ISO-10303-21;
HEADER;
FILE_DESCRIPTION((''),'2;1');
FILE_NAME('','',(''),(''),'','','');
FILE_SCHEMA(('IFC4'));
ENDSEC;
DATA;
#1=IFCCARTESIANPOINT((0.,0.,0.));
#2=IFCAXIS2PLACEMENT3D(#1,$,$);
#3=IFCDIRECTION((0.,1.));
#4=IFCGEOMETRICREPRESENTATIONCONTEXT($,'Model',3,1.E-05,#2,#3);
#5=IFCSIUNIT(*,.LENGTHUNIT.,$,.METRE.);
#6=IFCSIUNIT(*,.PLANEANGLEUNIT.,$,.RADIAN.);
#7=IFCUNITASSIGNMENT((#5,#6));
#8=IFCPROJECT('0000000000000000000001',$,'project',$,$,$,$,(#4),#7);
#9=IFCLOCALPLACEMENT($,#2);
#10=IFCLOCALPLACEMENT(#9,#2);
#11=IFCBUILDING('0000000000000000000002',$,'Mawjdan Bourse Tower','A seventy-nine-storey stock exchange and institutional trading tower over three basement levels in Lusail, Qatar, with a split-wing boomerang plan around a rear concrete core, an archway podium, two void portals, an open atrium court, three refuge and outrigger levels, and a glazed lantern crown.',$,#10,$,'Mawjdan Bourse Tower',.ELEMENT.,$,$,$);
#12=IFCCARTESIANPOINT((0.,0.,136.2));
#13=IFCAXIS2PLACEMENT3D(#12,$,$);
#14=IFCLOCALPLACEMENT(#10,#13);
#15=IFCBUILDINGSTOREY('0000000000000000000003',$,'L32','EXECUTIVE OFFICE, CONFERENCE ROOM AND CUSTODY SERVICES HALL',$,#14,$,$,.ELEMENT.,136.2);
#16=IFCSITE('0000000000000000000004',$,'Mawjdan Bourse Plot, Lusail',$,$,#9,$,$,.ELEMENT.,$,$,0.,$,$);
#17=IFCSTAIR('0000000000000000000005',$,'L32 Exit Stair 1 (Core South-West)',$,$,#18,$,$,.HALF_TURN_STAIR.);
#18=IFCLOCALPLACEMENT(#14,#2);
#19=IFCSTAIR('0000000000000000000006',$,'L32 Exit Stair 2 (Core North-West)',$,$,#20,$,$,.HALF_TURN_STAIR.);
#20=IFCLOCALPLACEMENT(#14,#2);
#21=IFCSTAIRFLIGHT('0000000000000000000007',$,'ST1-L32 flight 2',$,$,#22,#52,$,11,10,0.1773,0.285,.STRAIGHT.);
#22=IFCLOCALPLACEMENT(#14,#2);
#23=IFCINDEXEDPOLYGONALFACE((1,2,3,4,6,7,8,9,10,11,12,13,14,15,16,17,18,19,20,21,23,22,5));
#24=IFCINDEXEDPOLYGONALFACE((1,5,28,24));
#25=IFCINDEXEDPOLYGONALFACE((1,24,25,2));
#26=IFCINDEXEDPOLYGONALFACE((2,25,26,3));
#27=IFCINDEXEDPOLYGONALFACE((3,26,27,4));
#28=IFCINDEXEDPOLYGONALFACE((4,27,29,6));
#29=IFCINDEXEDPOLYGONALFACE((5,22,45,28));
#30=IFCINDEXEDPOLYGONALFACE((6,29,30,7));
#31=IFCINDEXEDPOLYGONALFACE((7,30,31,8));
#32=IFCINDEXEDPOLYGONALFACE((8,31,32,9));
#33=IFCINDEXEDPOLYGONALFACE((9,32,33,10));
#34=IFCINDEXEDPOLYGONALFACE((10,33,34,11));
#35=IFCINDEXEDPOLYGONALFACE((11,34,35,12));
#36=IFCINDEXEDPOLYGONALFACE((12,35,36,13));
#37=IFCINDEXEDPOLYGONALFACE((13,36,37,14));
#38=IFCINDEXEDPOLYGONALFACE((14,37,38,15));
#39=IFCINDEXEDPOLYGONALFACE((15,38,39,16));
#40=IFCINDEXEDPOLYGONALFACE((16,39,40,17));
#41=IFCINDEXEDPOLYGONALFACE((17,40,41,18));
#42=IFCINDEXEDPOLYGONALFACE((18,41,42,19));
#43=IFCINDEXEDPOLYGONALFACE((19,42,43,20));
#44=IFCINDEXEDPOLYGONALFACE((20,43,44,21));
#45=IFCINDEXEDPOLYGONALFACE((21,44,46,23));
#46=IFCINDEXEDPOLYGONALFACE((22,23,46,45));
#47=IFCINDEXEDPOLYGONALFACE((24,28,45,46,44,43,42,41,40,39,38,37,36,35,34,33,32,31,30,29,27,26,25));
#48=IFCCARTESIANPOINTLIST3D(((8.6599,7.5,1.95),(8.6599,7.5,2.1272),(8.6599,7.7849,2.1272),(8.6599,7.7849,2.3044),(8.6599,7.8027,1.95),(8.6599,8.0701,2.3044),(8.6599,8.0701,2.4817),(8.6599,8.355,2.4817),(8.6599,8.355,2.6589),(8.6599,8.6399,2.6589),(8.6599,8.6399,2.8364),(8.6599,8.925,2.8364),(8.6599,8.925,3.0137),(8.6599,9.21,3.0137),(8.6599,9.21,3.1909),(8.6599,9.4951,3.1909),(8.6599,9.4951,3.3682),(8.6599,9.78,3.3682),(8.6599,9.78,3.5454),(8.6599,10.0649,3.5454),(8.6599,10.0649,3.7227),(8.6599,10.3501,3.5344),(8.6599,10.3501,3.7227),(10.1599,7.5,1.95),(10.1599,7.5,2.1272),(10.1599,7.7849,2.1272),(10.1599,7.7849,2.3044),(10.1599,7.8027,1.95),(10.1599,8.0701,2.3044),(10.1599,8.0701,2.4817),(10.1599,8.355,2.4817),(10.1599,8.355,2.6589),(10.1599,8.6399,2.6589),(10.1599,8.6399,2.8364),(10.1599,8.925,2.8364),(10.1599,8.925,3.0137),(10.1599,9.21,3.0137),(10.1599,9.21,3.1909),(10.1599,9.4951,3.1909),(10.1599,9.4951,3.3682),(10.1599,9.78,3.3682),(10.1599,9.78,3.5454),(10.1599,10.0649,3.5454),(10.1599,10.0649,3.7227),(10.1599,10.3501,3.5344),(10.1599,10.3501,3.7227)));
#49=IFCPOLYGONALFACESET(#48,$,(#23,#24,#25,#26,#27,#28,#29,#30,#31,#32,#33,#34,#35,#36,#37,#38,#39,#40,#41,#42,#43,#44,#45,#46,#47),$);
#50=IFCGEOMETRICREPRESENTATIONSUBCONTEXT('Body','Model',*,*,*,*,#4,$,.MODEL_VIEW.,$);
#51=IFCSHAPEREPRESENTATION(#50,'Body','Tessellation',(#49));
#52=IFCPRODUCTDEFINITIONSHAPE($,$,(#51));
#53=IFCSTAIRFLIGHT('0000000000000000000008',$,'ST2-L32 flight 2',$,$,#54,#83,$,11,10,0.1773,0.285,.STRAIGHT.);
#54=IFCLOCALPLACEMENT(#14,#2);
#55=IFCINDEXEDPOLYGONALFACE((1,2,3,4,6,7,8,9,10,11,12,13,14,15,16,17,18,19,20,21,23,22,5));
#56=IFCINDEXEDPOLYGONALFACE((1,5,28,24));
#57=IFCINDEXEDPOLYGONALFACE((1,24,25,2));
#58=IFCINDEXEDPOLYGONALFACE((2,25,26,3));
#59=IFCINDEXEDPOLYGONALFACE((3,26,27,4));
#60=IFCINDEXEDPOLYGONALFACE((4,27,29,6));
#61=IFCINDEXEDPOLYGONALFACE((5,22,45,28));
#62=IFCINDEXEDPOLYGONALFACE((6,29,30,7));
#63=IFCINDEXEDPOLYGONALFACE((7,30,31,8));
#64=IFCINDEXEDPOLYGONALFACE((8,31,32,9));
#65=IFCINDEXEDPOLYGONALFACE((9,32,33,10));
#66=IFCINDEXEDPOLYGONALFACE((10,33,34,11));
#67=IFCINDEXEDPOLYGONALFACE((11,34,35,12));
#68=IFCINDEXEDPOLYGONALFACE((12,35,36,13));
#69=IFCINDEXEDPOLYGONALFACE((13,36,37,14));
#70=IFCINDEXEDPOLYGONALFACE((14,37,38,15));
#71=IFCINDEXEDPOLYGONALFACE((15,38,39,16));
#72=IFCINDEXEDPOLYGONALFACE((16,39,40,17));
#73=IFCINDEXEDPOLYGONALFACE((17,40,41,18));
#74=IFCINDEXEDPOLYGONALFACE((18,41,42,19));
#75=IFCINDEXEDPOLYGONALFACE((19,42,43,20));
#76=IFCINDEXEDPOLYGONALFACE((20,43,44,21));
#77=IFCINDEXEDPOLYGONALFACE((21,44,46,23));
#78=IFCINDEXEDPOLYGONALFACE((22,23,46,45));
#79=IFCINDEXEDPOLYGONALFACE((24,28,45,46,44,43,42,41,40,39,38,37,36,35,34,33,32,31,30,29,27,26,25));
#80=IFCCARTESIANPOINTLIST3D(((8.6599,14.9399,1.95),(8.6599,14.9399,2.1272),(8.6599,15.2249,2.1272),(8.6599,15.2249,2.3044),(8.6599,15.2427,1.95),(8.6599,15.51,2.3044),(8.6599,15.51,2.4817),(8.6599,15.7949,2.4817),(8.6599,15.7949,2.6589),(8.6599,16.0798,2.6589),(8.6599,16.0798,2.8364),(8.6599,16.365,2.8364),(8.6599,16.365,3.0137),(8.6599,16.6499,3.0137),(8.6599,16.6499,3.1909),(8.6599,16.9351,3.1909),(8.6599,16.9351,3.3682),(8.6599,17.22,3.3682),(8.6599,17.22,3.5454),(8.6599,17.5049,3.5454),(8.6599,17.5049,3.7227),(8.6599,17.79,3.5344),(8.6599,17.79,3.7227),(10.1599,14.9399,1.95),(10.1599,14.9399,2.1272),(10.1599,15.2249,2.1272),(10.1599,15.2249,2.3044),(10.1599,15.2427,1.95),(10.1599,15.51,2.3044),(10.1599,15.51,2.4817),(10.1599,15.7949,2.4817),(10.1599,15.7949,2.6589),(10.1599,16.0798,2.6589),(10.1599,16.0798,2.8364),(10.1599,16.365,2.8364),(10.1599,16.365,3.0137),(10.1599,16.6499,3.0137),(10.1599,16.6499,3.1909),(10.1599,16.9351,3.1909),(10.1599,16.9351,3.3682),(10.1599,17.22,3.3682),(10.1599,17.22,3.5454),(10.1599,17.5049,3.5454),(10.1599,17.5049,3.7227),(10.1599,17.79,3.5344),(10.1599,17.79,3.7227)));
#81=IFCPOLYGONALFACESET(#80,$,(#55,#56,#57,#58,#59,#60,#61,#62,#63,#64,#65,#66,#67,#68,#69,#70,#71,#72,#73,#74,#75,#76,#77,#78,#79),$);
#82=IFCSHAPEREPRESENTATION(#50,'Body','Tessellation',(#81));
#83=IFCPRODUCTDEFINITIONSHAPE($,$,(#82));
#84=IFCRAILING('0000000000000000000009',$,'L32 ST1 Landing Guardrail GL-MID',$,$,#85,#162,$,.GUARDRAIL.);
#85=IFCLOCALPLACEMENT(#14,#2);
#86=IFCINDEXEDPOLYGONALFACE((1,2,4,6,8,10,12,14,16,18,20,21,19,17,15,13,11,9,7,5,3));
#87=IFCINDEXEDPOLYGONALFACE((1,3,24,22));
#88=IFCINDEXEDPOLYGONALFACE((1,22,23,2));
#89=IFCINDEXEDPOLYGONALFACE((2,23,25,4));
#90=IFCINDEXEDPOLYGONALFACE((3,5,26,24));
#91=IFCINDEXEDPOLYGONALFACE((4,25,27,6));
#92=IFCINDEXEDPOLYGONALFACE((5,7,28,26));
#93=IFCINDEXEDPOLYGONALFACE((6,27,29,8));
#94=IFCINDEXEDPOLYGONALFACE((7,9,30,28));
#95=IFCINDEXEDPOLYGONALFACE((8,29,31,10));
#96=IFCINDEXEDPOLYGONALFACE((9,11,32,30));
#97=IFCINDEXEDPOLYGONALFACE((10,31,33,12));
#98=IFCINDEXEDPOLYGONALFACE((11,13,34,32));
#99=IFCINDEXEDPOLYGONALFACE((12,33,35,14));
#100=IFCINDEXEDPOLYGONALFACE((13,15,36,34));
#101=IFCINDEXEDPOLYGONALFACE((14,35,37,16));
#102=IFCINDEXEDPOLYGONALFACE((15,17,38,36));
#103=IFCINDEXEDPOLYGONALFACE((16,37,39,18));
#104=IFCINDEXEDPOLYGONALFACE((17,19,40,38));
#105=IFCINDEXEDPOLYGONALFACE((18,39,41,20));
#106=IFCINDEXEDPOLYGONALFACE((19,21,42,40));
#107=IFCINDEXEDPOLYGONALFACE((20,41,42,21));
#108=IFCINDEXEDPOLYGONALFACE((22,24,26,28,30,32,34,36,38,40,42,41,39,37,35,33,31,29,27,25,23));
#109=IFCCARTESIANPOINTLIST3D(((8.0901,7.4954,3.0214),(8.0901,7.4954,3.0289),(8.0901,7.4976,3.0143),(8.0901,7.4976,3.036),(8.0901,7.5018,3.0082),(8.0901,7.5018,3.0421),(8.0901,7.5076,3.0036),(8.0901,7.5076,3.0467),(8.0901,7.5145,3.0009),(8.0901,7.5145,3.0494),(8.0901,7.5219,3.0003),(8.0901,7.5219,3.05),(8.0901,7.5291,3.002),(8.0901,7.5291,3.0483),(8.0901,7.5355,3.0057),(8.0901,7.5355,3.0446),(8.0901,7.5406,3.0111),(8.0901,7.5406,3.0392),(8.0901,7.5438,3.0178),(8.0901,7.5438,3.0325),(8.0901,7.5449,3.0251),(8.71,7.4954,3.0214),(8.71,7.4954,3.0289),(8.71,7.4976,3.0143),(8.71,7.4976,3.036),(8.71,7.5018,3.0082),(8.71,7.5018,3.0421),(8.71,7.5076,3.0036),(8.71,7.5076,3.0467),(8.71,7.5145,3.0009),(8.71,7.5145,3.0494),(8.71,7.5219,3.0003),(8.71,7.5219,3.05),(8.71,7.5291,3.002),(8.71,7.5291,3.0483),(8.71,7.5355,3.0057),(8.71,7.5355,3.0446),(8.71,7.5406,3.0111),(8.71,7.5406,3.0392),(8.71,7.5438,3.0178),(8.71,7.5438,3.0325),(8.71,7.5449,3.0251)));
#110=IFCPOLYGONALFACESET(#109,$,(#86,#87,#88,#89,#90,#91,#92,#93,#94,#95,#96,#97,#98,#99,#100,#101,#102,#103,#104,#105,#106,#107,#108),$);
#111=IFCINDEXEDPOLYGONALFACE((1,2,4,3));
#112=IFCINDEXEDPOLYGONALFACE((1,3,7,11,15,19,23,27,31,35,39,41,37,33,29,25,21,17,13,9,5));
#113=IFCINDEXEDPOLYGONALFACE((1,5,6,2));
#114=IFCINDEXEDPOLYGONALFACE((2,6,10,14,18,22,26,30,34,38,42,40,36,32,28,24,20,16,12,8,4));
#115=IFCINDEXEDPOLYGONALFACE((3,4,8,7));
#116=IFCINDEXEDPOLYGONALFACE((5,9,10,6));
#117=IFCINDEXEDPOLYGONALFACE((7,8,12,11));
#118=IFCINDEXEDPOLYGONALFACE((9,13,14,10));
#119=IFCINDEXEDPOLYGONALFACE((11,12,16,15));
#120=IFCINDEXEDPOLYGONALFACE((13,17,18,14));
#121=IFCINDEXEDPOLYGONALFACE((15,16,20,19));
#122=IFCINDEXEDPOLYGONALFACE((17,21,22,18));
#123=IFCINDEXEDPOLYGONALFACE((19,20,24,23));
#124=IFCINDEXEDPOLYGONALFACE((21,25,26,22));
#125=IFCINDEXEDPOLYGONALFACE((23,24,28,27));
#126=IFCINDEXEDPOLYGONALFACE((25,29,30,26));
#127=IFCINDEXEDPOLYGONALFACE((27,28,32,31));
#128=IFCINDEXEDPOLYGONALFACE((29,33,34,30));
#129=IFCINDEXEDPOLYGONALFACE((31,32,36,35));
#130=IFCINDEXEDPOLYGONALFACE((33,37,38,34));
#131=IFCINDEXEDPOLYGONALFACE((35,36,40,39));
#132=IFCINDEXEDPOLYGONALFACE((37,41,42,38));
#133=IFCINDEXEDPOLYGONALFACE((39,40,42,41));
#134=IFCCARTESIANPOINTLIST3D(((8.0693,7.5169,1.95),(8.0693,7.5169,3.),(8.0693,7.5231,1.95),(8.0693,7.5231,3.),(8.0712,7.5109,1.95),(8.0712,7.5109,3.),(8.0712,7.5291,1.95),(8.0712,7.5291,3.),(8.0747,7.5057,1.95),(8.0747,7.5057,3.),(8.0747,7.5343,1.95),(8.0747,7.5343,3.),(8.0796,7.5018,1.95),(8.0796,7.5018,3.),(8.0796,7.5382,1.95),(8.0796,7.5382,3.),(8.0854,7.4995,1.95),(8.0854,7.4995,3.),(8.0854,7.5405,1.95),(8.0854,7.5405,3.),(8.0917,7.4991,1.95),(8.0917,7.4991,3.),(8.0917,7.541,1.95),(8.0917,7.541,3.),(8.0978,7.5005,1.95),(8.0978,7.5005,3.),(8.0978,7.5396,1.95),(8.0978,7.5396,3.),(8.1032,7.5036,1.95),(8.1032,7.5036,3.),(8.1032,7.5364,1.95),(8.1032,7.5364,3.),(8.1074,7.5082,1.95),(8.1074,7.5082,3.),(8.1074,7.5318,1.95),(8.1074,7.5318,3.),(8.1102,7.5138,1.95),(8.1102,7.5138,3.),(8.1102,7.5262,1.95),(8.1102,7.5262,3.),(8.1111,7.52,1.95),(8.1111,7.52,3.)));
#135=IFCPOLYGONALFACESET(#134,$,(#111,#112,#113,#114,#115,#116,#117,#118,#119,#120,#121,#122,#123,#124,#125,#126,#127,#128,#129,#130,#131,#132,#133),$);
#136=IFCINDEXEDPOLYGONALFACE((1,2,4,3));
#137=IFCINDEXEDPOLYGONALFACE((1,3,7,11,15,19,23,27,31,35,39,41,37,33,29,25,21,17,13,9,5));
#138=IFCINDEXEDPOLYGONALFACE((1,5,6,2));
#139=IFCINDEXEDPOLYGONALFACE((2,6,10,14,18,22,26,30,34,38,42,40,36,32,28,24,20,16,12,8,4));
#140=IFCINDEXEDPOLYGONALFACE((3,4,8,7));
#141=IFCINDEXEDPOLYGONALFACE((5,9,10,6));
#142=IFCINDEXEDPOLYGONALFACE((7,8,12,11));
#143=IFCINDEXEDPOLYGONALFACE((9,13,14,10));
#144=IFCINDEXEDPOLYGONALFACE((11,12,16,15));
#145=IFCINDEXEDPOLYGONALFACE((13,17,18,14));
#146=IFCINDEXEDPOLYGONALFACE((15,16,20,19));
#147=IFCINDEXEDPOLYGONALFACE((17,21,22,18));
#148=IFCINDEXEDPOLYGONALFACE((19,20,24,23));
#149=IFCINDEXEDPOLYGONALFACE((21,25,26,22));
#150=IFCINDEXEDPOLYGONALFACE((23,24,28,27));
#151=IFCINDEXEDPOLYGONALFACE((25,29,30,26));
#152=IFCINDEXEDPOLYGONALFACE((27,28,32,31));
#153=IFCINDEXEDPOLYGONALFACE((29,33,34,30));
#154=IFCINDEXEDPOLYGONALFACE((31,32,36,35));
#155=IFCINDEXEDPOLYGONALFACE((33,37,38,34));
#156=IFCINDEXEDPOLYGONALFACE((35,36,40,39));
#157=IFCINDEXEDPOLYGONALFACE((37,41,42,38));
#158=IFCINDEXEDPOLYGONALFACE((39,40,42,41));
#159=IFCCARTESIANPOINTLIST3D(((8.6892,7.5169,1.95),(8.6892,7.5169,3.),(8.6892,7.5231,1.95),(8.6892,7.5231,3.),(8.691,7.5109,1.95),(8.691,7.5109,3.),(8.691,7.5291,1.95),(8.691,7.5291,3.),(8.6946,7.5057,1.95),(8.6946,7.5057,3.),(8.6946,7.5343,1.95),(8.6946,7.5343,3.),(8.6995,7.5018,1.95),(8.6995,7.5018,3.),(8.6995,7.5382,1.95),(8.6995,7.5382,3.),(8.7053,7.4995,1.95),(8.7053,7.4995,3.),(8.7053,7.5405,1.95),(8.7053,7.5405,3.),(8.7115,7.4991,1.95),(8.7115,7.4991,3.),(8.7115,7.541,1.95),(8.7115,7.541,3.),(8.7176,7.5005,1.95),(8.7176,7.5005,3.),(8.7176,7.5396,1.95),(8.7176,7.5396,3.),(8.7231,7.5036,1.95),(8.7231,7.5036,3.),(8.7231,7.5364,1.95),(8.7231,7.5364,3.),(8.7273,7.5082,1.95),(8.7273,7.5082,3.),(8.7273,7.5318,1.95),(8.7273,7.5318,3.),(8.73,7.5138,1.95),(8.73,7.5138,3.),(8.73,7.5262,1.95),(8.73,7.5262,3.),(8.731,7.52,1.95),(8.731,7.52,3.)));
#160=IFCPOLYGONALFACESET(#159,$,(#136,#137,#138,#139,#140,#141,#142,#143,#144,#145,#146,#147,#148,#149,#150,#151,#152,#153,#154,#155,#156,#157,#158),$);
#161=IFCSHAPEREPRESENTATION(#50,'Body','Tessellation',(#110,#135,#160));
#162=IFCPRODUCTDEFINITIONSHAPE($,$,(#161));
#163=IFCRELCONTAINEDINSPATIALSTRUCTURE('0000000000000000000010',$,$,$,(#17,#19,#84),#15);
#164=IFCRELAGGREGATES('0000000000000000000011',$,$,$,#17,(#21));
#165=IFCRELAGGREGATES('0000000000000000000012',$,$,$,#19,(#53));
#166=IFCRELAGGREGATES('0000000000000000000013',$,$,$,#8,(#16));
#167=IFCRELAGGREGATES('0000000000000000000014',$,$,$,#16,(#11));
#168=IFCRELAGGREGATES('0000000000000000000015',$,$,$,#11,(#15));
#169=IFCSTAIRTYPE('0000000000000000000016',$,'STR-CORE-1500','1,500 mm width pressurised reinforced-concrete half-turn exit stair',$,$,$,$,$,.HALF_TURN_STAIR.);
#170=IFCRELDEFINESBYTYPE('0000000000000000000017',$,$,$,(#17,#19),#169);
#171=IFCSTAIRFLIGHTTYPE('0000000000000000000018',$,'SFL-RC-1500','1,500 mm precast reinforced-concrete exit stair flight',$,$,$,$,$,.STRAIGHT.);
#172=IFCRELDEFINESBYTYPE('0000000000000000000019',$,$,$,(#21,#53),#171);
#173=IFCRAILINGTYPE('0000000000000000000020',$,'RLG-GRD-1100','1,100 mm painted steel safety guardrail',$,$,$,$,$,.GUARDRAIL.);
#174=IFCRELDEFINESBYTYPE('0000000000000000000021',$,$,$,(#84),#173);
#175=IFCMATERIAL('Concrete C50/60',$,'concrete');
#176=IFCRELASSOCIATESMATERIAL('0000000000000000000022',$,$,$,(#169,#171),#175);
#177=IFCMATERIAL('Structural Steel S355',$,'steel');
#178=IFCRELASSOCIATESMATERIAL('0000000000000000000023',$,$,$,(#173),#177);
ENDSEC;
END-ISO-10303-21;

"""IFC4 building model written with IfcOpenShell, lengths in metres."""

from ifc_helpers import new_model, si_unit, direction, frame, origin, origin_2d, place, context, subcontext, project, spatial, polyline, circle, outline, extrude, material, type_object, element, aggregate, save


model = new_model("IFC4")

# Units and contexts
model_context = context("Model", 3, precision=1e-05, world=origin(), true_north=direction((0.0, 1.0)))
body_context = subcontext(model_context, "Body", "Model", "MODEL_VIEW")
ifc_project = project(units=[si_unit("LENGTHUNIT", "METRE"), si_unit("PLANEANGLEUNIT", "RADIAN")], contexts=[model_context])

# Site, building, storey
site_placement = place(None, origin())
site = spatial("IfcSite", under=ifc_project, at=site_placement, Name="Mawjdan Bourse Plot, Lusail", CompositionType="ELEMENT", RefElevation=0.0)
building_placement = place(site_placement, origin())
building = spatial("IfcBuilding", under=site, at=building_placement, Name="Mawjdan Bourse Tower", Description="A seventy-nine-storey stock exchange and institutional trading tower over three basement levels in Lusail, Qatar, with a split-wing boomerang plan around a rear concrete core, an archway podium, two void portals, an open atrium court, three refuge and outrigger levels, and a glazed lantern crown.", LongName="Mawjdan Bourse Tower", CompositionType="ELEMENT")
storey_placement = place(building_placement, frame((0.0, 0.0, 136.2)))
storey = spatial("IfcBuildingStorey", under=building, at=storey_placement, Name="L32", Description="EXECUTIVE OFFICE, CONFERENCE ROOM AND CUSTODY SERVICES HALL", CompositionType="ELEMENT", Elevation=136.2)

# Shared definitions
ifc_material_1 = material(Name="Structural Steel S355", Category="steel")

# Stairs
ifc_material_2 = material(Name="Concrete C50/60", Category="concrete")
stair_type = type_object("IfcStairType", Name="STR-CORE-1500", Description="1,500 mm width pressurised reinforced-concrete half-turn exit stair", PredefinedType="HALF_TURN_STAIR", material=ifc_material_2)
stair_1_placement = place(storey_placement, origin())
stair_1 = element("IfcStair", 1, at=stair_1_placement, inside=storey, type_object=stair_type, Name="L32 Exit Stair 1 (Core South-West)", PredefinedType="HALF_TURN_STAIR")
stair_2_placement = place(storey_placement, origin())
stair_2 = element("IfcStair", 2, at=stair_2_placement, inside=storey, type_object=stair_type, Name="L32 Exit Stair 2 (Core North-West)", PredefinedType="HALF_TURN_STAIR")

# Stair flights
stair_flight_type = type_object("IfcStairFlightType", Name="SFL-RC-1500", Description="1,500 mm precast reinforced-concrete exit stair flight", PredefinedType="STRAIGHT", material=ifc_material_2)
stair_flight_1_placement = place(storey_placement, frame((9.4099, 7.5, 1.95), z_axis=(0.0, 0.0, 1.0), x_axis=(0.0, 1.0, 0.0)))
stair_flight_1 = element("IfcStairFlight", 3, at=stair_flight_1_placement, type_object=stair_flight_type, Name="ST1-L32 flight 2", NumberOfRisers=11, NumberOfTreads=10, PredefinedType="STRAIGHT", RiserHeight=0.1773, TreadLength=0.285, context=body_context, shape_type="SweptSolid", body=[
    extrude(outline(polyline([(0.0, 0.0), (0.0, 0.1772), (0.2849, 0.1772), (0.2849, 0.3545), (0.5701, 0.3545), (0.5701, 0.5317), (0.855, 0.5317), (0.855, 0.709), (1.1399, 0.709), (1.1399, 0.8865), (1.425, 0.8865), (1.425, 1.0637), (1.71, 1.0637), (1.71, 1.241), (1.9951, 1.241), (1.9951, 1.4182), (2.28, 1.4182), (2.28, 1.5955), (2.5649, 1.5955), (2.5649, 1.7727), (2.8501, 1.7727), (2.8501, 1.95), (2.8501, 1.5845), (0.3027, 0.0), (0.0, 0.0)])), frame((0.0, 0.75, 0.0), z_axis=(0.0, -1.0, 0.0), x_axis=(1.0, 0.0, 0.0)), (0.0, 0.0, 1.0), 1.5),
])
aggregate(stair_1, [stair_flight_1])
stair_flight_2_placement = place(storey_placement, frame((9.4099, 14.9399, 1.95), z_axis=(0.0, 0.0, 1.0), x_axis=(0.0, 1.0, 0.0)))
stair_flight_2 = element("IfcStairFlight", 4, at=stair_flight_2_placement, type_object=stair_flight_type, Name="ST2-L32 flight 2", NumberOfRisers=11, NumberOfTreads=10, PredefinedType="STRAIGHT", RiserHeight=0.1773, TreadLength=0.285, context=body_context, shape_type="SweptSolid", body=[
    extrude(outline(polyline([(0.0, 0.0), (0.0, 0.1772), (0.2849, 0.1772), (0.2849, 0.3545), (0.5701, 0.3545), (0.5701, 0.5317), (0.855, 0.5317), (0.855, 0.709), (1.1399, 0.709), (1.1399, 0.8865), (1.425, 0.8865), (1.425, 1.0637), (1.71, 1.0637), (1.71, 1.241), (1.9951, 1.241), (1.9951, 1.4182), (2.28, 1.4182), (2.28, 1.5955), (2.5649, 1.5955), (2.5649, 1.7727), (2.8501, 1.7727), (2.8501, 1.95), (2.8501, 1.5845), (0.3027, 0.0), (0.0, 0.0)])), frame((0.0, 0.75, 0.0), z_axis=(0.0, -1.0, 0.0), x_axis=(1.0, 0.0, 0.0)), (0.0, 0.0, 1.0), 1.5),
])
aggregate(stair_2, [stair_flight_2])

# Railing
railing_type_1 = type_object("IfcRailingType", Name="RLG-GRD-1100", Description="1,100 mm painted steel safety guardrail", PredefinedType="GUARDRAIL", material=ifc_material_1)
for number, where, name in (
    (5, (8.0901, 7.52, 1.95), "L32 ST1 Landing Guardrail GL-MID"),
):
    element("IfcRailing", number, at=place(storey_placement, frame(where)), inside=storey, type_object=railing_type_1, Name=name, PredefinedType="GUARDRAIL", context=body_context, shape_type="SweptSolid", body=[
        extrude(circle(Radius=0.0249, at=origin_2d()), frame((0.0, 0.0, 1.0752), z_axis=(1.0, 0.0, 0.0), x_axis=(0.0, 1.0, 0.0)), (0.0, 0.0, 1.0), 0.6199),
        extrude(circle(Radius=0.021, at=origin_2d()), origin(), (0.0, 0.0, 1.0), 1.05),
        extrude(circle(Radius=0.021, at=origin_2d()), frame((0.6199, 0.0, 0.0)), (0.0, 0.0, 1.0), 1.05),
    ])

save(model, "model.ifc")
